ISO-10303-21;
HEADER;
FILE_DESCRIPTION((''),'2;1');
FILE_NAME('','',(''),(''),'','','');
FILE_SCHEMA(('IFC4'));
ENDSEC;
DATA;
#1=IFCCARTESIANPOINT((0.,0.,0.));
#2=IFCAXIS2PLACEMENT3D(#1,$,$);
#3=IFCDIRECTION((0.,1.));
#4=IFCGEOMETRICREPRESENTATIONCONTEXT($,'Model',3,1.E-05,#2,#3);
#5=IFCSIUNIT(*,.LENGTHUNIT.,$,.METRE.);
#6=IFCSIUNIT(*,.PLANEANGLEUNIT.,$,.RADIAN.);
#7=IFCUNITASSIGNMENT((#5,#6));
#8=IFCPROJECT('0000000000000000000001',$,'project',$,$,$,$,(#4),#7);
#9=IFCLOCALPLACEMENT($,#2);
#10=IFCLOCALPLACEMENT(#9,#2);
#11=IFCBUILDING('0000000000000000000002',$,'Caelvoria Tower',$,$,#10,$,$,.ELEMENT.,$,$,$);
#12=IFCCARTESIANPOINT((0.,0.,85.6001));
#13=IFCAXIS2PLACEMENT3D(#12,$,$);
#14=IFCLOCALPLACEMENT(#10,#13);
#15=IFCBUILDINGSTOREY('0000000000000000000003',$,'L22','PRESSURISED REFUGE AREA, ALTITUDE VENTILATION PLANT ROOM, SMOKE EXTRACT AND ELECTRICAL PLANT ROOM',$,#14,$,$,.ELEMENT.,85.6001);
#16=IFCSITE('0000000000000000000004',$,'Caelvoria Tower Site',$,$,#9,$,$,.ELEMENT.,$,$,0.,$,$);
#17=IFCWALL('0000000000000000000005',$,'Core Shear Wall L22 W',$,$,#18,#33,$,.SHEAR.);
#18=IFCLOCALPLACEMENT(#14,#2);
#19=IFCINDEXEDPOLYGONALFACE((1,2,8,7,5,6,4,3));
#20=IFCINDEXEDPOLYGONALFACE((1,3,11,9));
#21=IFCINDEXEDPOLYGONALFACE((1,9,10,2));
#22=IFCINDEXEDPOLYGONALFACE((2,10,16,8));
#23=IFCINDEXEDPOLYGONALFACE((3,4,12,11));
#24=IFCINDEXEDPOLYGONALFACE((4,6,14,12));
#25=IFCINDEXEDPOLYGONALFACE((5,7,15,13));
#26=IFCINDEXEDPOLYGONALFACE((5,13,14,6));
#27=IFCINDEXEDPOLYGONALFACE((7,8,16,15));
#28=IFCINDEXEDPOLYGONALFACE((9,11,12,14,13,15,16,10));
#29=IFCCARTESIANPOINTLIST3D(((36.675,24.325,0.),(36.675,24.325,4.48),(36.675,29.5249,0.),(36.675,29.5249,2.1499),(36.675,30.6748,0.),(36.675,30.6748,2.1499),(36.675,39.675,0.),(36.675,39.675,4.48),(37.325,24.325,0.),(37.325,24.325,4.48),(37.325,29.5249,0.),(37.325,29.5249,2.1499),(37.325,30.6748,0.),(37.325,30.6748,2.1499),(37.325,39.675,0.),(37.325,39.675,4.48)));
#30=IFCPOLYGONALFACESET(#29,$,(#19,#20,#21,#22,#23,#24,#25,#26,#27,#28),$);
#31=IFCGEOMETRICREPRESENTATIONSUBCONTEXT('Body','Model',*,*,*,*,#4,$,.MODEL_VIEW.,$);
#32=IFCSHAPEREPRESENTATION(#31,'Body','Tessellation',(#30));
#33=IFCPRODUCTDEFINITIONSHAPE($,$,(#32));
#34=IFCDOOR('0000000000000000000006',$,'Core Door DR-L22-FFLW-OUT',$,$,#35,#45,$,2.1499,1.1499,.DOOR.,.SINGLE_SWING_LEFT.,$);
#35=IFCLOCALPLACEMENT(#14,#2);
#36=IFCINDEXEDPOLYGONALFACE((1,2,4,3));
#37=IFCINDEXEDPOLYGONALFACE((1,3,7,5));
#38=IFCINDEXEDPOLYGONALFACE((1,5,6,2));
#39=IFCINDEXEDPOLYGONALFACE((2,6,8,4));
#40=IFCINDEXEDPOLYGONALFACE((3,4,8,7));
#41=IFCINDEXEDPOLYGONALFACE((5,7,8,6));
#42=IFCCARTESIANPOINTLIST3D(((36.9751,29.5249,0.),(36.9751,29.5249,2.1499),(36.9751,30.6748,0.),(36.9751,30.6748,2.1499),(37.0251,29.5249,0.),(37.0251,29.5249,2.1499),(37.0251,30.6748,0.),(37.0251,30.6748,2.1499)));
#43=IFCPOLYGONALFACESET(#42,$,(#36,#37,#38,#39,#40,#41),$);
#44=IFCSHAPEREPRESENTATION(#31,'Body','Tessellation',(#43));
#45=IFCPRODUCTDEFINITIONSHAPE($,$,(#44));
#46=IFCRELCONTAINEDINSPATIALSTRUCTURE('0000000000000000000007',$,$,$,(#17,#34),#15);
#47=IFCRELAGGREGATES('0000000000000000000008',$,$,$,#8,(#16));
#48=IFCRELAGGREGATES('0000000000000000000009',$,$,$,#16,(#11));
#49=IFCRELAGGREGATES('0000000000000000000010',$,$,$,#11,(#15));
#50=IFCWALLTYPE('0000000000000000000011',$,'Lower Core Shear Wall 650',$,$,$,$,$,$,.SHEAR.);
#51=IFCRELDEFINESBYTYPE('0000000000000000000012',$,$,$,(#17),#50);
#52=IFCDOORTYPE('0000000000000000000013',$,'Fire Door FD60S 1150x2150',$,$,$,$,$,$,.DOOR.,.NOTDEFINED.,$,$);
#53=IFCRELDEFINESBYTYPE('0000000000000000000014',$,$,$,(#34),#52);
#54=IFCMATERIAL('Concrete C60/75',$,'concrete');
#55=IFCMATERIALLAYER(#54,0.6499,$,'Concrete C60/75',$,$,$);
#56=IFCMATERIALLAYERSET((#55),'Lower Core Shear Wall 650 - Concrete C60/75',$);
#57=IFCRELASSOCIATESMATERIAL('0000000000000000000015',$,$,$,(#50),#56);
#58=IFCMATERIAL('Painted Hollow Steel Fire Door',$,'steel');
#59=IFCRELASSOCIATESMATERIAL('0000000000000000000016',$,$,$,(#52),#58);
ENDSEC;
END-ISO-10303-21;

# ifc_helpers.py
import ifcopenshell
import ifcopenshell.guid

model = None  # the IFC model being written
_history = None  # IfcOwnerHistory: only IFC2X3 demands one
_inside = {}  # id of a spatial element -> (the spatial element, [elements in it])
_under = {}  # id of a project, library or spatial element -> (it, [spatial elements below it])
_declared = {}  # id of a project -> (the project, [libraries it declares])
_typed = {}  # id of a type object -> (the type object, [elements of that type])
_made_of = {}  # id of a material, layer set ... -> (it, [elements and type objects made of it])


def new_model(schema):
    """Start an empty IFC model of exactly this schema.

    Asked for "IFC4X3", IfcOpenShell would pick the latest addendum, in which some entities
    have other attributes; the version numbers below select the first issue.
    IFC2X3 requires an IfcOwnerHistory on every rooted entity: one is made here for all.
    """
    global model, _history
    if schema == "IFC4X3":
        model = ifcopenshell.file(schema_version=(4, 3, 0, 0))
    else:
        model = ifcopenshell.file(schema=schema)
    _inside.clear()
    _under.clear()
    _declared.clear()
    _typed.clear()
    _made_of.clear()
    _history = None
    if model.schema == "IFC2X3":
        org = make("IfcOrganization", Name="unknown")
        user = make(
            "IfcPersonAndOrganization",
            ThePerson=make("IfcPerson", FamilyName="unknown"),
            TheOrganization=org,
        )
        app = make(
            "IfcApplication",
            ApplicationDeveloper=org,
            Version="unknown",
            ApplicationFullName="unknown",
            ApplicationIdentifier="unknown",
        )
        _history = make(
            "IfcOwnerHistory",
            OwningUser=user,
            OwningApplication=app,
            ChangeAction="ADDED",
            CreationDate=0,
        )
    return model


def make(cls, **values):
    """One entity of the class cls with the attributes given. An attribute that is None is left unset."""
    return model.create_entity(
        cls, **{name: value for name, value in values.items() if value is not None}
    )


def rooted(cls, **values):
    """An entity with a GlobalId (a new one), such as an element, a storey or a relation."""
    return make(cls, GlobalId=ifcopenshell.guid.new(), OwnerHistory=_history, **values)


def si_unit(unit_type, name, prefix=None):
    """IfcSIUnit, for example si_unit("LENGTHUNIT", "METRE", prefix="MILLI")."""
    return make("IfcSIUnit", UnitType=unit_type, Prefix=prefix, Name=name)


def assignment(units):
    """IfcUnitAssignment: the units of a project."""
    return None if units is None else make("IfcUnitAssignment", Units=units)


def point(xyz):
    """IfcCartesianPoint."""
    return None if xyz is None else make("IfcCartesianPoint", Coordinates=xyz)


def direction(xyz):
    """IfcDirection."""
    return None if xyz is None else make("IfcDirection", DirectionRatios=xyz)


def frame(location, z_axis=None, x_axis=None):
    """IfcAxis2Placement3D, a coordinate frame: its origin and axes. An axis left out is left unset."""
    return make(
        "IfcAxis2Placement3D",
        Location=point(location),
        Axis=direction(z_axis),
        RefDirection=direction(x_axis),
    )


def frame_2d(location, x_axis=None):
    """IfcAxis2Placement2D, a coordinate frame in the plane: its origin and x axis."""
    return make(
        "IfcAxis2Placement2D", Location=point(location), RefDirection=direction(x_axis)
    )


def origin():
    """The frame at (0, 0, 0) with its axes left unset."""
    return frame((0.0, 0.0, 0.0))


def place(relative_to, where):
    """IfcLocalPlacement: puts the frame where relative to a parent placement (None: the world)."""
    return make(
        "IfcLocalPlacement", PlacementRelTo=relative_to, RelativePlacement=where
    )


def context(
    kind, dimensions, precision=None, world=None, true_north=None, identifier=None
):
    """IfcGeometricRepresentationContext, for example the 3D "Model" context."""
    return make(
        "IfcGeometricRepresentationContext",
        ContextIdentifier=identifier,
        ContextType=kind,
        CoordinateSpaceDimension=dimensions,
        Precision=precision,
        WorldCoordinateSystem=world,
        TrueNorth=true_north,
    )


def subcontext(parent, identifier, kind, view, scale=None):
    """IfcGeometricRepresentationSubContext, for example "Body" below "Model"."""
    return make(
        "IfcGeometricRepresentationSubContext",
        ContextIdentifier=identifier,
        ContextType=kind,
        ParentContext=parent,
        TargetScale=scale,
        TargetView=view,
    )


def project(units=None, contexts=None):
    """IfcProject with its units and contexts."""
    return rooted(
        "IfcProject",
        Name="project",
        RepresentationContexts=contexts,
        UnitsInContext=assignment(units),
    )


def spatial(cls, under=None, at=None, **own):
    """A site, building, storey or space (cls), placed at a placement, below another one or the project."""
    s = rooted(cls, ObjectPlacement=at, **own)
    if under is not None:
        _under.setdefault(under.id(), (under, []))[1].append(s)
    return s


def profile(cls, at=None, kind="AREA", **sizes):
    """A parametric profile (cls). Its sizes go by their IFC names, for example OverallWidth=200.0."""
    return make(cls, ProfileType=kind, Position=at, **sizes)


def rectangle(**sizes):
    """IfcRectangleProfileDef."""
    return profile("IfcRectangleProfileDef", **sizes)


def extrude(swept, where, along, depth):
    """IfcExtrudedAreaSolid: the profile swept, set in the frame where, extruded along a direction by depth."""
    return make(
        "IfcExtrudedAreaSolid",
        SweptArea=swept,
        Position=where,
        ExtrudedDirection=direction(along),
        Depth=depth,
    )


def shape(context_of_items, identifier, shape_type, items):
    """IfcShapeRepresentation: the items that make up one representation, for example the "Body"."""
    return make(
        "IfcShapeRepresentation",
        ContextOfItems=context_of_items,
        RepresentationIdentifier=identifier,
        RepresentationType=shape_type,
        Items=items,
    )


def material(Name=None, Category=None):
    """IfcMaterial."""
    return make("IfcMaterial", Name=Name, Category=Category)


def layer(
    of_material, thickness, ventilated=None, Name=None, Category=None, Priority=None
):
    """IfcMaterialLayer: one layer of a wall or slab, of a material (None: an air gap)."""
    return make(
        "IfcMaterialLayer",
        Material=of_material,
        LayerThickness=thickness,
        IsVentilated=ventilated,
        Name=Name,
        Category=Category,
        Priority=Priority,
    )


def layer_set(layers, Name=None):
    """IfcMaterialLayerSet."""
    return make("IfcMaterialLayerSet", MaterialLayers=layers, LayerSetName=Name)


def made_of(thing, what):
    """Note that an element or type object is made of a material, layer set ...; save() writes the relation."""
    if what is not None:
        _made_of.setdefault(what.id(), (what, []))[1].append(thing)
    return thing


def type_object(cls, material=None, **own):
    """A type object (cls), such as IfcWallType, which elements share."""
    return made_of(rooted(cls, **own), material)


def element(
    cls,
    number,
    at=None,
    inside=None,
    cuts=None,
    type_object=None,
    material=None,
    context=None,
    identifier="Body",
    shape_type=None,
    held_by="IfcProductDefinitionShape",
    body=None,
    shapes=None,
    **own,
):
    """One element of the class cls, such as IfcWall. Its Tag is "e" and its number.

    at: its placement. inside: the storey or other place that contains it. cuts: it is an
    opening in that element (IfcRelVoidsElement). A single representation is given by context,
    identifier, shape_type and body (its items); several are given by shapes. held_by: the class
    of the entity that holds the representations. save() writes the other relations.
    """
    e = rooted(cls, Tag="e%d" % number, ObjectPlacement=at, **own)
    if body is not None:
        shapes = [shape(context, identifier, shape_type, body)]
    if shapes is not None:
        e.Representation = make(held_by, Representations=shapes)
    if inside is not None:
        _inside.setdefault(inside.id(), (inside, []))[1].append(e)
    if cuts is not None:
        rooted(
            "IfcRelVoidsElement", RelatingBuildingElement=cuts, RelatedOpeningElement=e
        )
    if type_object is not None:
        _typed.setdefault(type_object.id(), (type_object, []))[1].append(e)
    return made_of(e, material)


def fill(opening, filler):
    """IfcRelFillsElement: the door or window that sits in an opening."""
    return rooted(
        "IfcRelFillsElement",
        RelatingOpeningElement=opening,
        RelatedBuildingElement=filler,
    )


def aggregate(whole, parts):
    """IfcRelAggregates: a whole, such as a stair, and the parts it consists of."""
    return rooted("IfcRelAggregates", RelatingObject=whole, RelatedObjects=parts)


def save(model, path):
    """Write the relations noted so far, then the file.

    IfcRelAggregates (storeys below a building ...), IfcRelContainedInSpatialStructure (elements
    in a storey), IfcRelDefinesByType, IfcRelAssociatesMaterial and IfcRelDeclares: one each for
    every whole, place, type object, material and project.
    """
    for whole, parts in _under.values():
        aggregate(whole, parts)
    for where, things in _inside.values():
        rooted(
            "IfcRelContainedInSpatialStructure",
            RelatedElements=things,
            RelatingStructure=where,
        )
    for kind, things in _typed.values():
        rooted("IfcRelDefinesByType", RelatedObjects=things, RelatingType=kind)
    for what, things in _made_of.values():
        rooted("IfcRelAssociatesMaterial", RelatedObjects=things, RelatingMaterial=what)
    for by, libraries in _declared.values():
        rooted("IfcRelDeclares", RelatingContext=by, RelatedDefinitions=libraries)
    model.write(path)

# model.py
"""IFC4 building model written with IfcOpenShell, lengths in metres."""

from ifc_helpers import new_model, si_unit, direction, frame, frame_2d, origin, place, context, subcontext, project, spatial, rectangle, extrude, material, layer, layer_set, type_object, element, fill, save


model = new_model("IFC4")

# Units and contexts
model_context = context("Model", 3, precision=1e-05, world=origin(), true_north=direction((0.0, 1.0)))
body_context = subcontext(model_context, "Body", "Model", "MODEL_VIEW")
ifc_project = project(units=[si_unit("LENGTHUNIT", "METRE"), si_unit("PLANEANGLEUNIT", "RADIAN")], contexts=[model_context])

# Site, building, storey
site_placement = place(None, origin())
site = spatial("IfcSite", under=ifc_project, at=site_placement, Name="Caelvoria Tower Site", CompositionType="ELEMENT", RefElevation=0.0)
building_placement = place(site_placement, origin())
building = spatial("IfcBuilding", under=site, at=building_placement, Name="Caelvoria Tower", CompositionType="ELEMENT")
storey_placement = place(building_placement, frame((0.0, 0.0, 85.6001)))
storey = spatial("IfcBuildingStorey", under=building, at=storey_placement, Name="L22", Description="PRESSURISED REFUGE AREA, ALTITUDE VENTILATION PLANT ROOM, SMOKE EXTRACT AND ELECTRICAL PLANT ROOM", CompositionType="ELEMENT", Elevation=85.6001)

# Shared definitions
ifc_material_1 = material(Name="Painted Hollow Steel Fire Door", Category="steel")

# Wall, opening, door
ifc_material_2 = material(Name="Concrete C60/75", Category="concrete")
ifc_layer_1 = layer(ifc_material_2, 0.6499, Name="Concrete C60/75")
ifc_layer_set_1 = layer_set([ifc_layer_1], Name="Lower Core Shear Wall 650 - Concrete C60/75")
wall_type_1 = type_object("IfcWallType", Name="Lower Core Shear Wall 650", PredefinedType="SHEAR", material=ifc_layer_set_1)
wall_1_placement = place(storey_placement, frame((37.0, 24.325, 0.0), z_axis=(0.0, 0.0, 1.0), x_axis=(0.0, 1.0, 0.0)))
wall_1 = element("IfcWall", 1, at=wall_1_placement, inside=storey, type_object=wall_type_1, Name="Core Shear Wall L22 W", PredefinedType="SHEAR", context=body_context, shape_type="SweptSolid", body=[
    extrude(rectangle(XDim=15.3501, YDim=0.6499, at=frame_2d((7.675, 0.0))), origin(), (0.0, 0.0, 1.0), 4.48),
])
opening_1_placement = place(wall_1_placement, frame((5.2, 0.0, 0.0)))
opening_1 = element("IfcOpeningElement", 2, at=opening_1_placement, cuts=wall_1, PredefinedType="OPENING", context=body_context, shape_type="SweptSolid", body=[
    extrude(rectangle(XDim=1.1499, YDim=2.1499, at=frame_2d((0.575, 1.075))), frame((0.0, 0.335, 0.0), z_axis=(0.0, -1.0, 0.0), x_axis=(1.0, 0.0, 0.0)), (0.0, 0.0, 1.0), 0.6699),
])
door_type_1 = type_object("IfcDoorType", Name="Fire Door FD60S 1150x2150", OperationType="NOTDEFINED", PredefinedType="DOOR", material=ifc_material_1)
door_1_placement = place(opening_1_placement, origin())
door_1 = element("IfcDoor", 3, at=door_1_placement, inside=storey, type_object=door_type_1, Name="Core Door DR-L22-FFLW-OUT", OperationType="SINGLE_SWING_LEFT", OverallHeight=2.1499, OverallWidth=1.1499, PredefinedType="DOOR", context=body_context, shape_type="SweptSolid", body=[
    extrude(rectangle(XDim=1.1499, YDim=2.1499, at=frame_2d((0.575, 1.075))), frame((0.0, 0.0249, 0.0), z_axis=(0.0, -1.0, 0.0), x_axis=(1.0, 0.0, 0.0)), (0.0, 0.0, 1.0), 0.05),
])
fill(opening_1, door_1)

save(model, "model.ifc")
